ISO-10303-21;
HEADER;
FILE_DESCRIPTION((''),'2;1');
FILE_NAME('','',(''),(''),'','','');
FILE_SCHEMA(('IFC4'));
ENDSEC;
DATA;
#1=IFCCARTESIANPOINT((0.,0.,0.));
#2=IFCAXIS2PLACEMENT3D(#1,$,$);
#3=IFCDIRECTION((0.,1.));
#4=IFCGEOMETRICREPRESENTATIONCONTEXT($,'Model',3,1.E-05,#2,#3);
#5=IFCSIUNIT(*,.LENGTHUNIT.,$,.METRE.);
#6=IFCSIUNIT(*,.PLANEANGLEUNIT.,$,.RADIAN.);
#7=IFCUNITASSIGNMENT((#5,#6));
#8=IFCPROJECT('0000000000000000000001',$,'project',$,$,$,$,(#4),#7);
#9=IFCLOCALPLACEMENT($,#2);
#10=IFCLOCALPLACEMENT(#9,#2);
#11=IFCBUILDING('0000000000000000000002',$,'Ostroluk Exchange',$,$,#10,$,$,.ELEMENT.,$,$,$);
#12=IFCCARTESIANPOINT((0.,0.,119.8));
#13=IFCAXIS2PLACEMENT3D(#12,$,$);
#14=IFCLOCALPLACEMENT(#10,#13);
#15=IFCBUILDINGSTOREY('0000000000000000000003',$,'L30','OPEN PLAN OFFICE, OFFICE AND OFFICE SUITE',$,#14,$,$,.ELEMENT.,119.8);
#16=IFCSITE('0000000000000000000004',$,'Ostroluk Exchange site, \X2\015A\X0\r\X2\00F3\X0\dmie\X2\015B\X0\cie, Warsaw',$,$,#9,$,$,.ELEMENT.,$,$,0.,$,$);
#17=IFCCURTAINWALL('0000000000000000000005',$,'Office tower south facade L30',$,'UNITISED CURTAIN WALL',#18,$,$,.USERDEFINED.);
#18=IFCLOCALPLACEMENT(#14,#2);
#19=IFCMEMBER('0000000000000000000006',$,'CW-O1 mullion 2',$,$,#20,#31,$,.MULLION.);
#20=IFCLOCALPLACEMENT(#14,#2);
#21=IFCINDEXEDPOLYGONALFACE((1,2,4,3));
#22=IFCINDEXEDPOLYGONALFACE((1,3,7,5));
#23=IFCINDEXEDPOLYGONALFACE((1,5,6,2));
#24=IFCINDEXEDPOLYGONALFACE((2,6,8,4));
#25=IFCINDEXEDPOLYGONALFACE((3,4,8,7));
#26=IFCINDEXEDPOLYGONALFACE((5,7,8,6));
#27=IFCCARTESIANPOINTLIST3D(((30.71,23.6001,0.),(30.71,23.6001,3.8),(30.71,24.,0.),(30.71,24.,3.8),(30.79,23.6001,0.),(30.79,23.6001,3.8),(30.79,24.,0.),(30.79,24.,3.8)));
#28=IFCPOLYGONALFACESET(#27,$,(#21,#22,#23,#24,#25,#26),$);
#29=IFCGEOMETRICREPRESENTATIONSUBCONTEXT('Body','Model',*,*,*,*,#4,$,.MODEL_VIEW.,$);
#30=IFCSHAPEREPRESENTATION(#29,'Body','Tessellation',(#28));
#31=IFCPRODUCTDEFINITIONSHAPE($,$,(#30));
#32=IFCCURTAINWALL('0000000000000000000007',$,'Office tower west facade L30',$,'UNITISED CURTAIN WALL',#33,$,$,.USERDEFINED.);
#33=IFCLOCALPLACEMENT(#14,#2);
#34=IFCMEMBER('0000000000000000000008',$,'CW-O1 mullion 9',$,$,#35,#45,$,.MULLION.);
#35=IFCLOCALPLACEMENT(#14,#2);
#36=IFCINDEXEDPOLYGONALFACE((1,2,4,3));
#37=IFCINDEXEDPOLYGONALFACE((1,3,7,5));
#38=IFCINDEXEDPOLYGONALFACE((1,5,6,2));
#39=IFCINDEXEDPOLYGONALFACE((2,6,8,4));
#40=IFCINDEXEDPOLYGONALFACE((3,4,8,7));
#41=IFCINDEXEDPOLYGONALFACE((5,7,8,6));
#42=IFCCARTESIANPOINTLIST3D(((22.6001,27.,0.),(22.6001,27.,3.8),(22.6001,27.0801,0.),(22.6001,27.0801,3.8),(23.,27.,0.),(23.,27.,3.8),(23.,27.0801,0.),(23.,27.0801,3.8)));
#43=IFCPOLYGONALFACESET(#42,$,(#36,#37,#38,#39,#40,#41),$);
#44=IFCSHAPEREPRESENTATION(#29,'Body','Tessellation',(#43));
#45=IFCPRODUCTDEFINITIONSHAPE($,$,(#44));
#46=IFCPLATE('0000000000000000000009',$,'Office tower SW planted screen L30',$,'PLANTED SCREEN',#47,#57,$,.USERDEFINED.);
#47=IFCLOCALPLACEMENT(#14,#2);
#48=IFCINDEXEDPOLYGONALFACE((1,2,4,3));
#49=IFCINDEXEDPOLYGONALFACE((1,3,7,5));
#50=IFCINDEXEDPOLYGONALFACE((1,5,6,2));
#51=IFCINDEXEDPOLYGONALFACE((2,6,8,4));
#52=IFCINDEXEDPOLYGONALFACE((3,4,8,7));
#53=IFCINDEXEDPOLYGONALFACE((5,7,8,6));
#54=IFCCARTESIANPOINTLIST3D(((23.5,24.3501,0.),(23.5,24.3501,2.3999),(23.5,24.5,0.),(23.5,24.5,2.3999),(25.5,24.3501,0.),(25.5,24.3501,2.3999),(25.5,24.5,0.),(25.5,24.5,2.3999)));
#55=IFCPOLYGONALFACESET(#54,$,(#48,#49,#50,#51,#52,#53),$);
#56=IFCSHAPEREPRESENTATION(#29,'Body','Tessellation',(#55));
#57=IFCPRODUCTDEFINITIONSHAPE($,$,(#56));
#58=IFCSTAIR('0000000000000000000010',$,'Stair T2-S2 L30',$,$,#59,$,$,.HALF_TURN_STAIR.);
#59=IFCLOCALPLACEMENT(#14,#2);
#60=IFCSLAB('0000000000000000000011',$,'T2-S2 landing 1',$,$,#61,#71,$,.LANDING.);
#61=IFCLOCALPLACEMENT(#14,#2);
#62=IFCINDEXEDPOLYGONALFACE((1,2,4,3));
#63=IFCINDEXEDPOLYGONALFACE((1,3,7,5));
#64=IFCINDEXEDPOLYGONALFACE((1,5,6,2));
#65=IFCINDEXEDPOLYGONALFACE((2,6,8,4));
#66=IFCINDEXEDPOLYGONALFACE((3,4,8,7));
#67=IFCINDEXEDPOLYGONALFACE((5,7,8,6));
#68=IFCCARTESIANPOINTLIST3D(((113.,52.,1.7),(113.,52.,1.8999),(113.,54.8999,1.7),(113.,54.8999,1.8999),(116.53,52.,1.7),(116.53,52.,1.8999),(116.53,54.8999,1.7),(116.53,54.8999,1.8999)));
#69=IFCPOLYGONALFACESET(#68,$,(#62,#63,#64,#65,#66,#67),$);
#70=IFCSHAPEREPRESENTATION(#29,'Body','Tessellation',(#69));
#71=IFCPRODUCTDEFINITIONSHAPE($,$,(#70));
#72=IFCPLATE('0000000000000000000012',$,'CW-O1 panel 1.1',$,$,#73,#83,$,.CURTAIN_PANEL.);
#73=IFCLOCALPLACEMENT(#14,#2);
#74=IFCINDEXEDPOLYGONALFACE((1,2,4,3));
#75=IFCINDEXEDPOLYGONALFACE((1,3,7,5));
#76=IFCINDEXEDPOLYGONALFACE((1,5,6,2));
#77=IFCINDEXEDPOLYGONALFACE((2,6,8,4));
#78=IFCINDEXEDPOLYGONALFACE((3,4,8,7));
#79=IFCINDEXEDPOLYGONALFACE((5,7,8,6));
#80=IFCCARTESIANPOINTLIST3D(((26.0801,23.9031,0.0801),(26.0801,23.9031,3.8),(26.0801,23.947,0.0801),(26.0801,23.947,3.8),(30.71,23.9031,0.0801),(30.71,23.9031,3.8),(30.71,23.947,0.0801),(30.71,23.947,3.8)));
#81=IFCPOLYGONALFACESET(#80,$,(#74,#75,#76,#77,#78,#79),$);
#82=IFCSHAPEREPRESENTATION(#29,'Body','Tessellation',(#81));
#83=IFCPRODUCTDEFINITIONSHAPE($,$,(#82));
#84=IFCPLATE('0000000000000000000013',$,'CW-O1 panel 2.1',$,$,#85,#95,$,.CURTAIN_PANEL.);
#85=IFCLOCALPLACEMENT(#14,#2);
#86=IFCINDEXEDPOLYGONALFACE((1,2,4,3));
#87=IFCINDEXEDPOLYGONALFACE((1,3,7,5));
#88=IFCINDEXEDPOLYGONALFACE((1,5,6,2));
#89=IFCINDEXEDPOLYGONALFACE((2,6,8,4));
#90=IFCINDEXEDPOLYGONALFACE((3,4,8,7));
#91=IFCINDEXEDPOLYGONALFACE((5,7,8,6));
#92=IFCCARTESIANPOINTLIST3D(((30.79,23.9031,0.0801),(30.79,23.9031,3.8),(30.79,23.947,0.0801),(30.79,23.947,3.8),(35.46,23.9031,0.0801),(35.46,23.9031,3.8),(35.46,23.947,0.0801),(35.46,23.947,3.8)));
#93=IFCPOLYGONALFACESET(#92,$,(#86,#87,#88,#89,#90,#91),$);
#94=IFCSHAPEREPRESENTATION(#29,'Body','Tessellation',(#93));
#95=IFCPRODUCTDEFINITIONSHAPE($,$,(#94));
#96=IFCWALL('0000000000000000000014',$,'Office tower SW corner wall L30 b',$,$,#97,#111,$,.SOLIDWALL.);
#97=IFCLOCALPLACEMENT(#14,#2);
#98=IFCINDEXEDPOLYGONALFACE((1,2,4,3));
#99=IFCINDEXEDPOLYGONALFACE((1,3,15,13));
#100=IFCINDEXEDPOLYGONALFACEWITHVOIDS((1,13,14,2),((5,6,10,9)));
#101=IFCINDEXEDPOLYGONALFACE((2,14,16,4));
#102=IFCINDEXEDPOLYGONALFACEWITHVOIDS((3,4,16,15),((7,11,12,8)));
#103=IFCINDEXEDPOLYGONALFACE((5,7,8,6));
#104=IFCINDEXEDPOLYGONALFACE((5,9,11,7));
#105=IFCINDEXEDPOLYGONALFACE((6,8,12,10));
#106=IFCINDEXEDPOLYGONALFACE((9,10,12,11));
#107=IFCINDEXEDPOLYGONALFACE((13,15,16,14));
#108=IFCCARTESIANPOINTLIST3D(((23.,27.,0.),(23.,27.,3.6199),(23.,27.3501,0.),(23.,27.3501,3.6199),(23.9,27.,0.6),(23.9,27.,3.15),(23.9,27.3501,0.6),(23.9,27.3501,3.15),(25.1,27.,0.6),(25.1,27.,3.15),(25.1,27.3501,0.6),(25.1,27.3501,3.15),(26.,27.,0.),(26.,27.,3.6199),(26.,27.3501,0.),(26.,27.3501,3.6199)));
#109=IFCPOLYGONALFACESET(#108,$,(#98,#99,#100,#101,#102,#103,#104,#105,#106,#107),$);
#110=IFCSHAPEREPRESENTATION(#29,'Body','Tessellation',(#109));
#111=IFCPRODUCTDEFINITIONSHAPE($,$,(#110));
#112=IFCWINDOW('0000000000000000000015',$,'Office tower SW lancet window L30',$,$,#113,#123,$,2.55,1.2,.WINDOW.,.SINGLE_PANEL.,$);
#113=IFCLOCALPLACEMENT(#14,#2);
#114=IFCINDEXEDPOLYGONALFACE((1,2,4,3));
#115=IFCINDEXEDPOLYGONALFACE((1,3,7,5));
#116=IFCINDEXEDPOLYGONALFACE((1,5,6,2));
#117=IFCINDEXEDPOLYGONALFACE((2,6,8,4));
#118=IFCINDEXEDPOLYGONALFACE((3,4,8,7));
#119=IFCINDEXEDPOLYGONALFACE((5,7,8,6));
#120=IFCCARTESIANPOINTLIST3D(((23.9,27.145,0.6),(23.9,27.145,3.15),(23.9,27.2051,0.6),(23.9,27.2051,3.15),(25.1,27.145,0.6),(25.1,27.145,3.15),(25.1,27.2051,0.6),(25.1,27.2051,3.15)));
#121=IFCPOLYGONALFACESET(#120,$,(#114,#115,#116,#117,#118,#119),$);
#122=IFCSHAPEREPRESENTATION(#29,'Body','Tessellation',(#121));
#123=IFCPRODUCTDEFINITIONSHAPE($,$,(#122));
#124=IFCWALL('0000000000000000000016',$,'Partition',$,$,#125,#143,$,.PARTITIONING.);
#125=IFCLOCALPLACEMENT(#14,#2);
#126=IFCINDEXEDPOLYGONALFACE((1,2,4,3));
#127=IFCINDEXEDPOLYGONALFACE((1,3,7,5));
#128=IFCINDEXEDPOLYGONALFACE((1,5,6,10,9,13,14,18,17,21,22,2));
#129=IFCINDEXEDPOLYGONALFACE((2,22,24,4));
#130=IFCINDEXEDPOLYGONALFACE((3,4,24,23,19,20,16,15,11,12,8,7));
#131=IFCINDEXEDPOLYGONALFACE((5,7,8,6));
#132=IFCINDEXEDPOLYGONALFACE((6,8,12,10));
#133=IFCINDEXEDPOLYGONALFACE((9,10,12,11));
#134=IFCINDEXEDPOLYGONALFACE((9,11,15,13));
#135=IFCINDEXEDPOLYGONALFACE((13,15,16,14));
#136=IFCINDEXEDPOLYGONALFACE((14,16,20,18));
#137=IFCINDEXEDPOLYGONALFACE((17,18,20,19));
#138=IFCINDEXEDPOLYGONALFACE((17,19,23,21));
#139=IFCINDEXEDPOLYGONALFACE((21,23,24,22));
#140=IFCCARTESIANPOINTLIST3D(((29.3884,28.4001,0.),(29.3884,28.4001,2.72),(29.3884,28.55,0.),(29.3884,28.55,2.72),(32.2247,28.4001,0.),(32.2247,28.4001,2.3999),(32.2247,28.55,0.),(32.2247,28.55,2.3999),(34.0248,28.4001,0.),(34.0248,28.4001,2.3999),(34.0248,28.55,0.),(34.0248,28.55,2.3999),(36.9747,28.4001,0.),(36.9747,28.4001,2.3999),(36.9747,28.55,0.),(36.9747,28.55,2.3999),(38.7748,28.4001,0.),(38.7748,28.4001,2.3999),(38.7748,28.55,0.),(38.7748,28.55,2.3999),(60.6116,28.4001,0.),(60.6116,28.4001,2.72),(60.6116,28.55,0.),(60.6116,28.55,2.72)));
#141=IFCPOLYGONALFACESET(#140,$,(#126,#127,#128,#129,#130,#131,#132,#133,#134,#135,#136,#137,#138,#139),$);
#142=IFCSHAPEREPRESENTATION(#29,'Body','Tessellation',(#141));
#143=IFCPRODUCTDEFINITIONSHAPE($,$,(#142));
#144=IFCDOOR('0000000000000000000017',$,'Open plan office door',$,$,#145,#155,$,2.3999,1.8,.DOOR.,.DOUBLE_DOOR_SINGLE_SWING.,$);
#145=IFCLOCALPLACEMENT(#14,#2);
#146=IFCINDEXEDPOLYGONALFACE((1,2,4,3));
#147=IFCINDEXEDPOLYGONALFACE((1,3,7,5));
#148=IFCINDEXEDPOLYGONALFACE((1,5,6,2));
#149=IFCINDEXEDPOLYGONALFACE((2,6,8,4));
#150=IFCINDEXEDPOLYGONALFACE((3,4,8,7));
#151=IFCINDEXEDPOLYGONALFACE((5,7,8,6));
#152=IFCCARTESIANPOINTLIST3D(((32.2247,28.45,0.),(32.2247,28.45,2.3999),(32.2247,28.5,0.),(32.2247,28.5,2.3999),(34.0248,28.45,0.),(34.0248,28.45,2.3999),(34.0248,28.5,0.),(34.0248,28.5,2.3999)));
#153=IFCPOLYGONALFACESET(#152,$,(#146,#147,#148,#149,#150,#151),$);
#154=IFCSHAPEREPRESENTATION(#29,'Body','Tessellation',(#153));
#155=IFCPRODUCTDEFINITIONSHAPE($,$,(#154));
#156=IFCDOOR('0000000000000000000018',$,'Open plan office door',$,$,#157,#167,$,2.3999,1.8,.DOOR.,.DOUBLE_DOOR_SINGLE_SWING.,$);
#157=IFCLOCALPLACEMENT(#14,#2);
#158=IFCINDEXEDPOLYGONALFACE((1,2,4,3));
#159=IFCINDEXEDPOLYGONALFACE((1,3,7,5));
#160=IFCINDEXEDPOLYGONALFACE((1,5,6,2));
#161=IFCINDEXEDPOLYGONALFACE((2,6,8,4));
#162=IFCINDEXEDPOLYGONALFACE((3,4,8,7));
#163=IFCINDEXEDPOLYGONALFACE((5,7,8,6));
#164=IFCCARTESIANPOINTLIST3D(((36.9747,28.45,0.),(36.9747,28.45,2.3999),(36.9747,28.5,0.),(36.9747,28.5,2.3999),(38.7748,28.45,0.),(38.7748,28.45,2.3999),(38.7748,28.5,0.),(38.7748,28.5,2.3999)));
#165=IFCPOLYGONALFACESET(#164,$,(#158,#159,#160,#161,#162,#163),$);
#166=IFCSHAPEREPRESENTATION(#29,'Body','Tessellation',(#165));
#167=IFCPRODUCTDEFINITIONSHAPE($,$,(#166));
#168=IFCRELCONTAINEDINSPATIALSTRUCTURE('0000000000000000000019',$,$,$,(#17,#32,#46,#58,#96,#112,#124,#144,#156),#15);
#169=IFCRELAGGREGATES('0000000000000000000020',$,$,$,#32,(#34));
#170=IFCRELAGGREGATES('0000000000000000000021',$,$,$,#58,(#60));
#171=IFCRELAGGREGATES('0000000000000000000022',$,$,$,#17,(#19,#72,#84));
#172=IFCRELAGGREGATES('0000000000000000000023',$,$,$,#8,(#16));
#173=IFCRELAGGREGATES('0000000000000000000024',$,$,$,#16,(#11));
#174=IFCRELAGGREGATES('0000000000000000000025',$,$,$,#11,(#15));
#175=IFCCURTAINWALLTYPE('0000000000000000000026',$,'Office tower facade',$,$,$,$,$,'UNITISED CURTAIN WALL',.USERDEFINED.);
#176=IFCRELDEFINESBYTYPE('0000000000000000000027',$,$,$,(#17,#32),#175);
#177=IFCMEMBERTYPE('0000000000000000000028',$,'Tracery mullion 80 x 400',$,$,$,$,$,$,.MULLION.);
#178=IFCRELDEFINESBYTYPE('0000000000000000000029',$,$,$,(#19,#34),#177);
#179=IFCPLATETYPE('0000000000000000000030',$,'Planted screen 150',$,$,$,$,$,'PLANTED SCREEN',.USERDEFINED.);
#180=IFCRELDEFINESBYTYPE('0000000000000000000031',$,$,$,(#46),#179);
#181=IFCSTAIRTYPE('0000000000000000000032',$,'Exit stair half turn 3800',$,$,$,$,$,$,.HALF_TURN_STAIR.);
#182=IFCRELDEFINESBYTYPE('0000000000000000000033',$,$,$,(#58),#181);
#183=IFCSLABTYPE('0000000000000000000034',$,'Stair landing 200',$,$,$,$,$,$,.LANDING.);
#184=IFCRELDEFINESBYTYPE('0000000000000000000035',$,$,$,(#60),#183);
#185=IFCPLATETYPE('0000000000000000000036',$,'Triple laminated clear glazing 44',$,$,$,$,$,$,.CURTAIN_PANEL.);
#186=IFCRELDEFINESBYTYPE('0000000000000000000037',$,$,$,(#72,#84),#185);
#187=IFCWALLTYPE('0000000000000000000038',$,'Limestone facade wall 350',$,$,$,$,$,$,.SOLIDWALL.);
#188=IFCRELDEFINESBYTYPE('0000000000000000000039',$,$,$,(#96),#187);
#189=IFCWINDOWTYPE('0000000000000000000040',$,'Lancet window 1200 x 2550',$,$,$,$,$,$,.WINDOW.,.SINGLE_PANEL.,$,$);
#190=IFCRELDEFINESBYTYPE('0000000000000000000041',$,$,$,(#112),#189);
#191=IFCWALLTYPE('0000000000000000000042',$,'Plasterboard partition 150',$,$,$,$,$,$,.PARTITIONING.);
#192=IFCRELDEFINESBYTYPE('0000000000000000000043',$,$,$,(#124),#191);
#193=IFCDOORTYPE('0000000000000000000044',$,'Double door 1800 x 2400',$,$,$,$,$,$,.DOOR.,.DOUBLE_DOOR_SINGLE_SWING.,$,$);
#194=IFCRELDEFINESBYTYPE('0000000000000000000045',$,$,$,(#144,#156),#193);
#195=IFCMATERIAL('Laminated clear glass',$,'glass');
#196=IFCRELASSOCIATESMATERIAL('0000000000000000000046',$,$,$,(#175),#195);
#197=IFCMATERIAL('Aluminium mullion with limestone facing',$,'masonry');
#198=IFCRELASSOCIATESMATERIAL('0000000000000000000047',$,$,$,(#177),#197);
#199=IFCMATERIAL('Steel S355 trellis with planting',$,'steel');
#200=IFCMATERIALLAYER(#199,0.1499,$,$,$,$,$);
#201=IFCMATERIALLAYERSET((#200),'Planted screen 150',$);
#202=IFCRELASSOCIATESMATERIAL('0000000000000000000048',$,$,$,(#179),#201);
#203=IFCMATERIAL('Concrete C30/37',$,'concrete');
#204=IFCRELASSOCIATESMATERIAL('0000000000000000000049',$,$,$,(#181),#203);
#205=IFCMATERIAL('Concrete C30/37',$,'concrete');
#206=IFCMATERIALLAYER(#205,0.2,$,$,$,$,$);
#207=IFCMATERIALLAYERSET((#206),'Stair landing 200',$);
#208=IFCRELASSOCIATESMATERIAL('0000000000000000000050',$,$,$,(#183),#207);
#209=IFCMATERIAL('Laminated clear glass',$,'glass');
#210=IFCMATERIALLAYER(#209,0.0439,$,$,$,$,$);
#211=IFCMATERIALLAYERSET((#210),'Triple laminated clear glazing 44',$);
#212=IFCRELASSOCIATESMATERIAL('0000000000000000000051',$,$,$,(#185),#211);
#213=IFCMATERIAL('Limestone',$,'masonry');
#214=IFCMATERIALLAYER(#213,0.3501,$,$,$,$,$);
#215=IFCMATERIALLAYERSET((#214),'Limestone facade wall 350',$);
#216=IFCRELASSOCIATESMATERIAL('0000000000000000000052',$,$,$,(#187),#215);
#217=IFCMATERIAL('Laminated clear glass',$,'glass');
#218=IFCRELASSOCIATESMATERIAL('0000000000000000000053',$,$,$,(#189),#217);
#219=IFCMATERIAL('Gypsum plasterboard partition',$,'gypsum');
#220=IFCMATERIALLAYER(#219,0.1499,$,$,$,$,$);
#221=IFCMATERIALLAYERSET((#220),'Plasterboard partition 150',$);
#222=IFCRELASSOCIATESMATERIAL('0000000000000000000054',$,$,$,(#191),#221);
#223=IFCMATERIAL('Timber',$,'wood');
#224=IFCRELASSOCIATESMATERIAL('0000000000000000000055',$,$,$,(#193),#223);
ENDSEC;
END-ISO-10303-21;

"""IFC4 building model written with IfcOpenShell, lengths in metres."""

from ifc_helpers import new_model, si_unit, direction, frame, frame_2d, origin, origin_2d, place, context, subcontext, project, spatial, polyline, rectangle, outline, extrude, material, layer, layer_set, material_profile, profile_set, type_object, element, fill, aggregate, save


model = new_model("IFC4")

# Units and contexts
model_context = context("Model", 3, precision=1e-05, world=origin(), true_north=direction((0.0, 1.0)))
body_context = subcontext(model_context, "Body", "Model", "MODEL_VIEW")
ifc_project = project(units=[si_unit("LENGTHUNIT", "METRE"), si_unit("PLANEANGLEUNIT", "RADIAN")], contexts=[model_context])

# Site, building, storey
site_placement = place(None, origin())
site = spatial("IfcSite", under=ifc_project, at=site_placement, Name="Ostroluk Exchange site, Śródmieście, Warsaw", CompositionType="ELEMENT", RefElevation=0.0)
building_placement = place(site_placement, origin())
building = spatial("IfcBuilding", under=site, at=building_placement, Name="Ostroluk Exchange", CompositionType="ELEMENT")
storey_placement = place(building_placement, frame((0.0, 0.0, 119.8)))
storey = spatial("IfcBuildingStorey", under=building, at=storey_placement, Name="L30", Description="OPEN PLAN OFFICE, OFFICE AND OFFICE SUITE", CompositionType="ELEMENT", Elevation=119.8)

# Curtain wall, member
ifc_material_1 = material(Name="Laminated clear glass", Category="glass")
curtain_wall_type = type_object("IfcCurtainWallType", Name="Office tower facade", ElementType="UNITISED CURTAIN WALL", PredefinedType="USERDEFINED", material=ifc_material_1)
curtain_wall_1_placement = place(storey_placement, origin())
curtain_wall_1 = element("IfcCurtainWall", 1, at=curtain_wall_1_placement, inside=storey, type_object=curtain_wall_type, Name="Office tower south facade L30", ObjectType="UNITISED CURTAIN WALL", PredefinedType="USERDEFINED")
ifc_material_2 = material(Name="Aluminium mullion with limestone facing", Category="masonry")
ifc_material_profile_1 = material_profile(ifc_material_2, rectangle(XDim=0.3999, YDim=0.0801, at=origin_2d()), Name="Tracery mullion 80 x 400")
ifc_profile_set_1 = profile_set([ifc_material_profile_1], Name="Aluminium mullion with limestone facing")
member_type_1 = type_object("IfcMemberType", Name="Tracery mullion 80 x 400", PredefinedType="MULLION", material=ifc_profile_set_1)
member_1_placement = place(storey_placement, frame((30.75, 23.8, 0.0), z_axis=(0.0, 0.0, 1.0), x_axis=(0.0, 1.0, 0.0)))
member_1 = element("IfcMember", 2, at=member_1_placement, type_object=member_type_1, Name="CW-O1 mullion 2", PredefinedType="MULLION", context=body_context, shape_type="SweptSolid", body=[
    extrude(rectangle(XDim=0.3999, YDim=0.0801, at=origin_2d()), origin(), (0.0, 0.0, 1.0), 3.8),
])

# Curtain wall, member
curtain_wall_2_placement = place(storey_placement, origin())
curtain_wall_2 = element("IfcCurtainWall", 3, at=curtain_wall_2_placement, inside=storey, type_object=curtain_wall_type, Name="Office tower west facade L30", ObjectType="UNITISED CURTAIN WALL", PredefinedType="USERDEFINED")
member_2_placement = place(storey_placement, frame((22.8, 27.04, 0.0), z_axis=(0.0, 0.0, 1.0), x_axis=(1.0, 0.0, 0.0)))
member_2 = element("IfcMember", 4, at=member_2_placement, type_object=member_type_1, Name="CW-O1 mullion 9", PredefinedType="MULLION", context=body_context, shape_type="SweptSolid", body=[
    extrude(rectangle(XDim=0.3999, YDim=0.0801, at=origin_2d()), origin(), (0.0, 0.0, 1.0), 3.8),
])
aggregate(curtain_wall_2, [member_2])

# Plate
ifc_material_3 = material(Name="Steel S355 trellis with planting", Category="steel")
ifc_layer_1 = layer(ifc_material_3, 0.1499)
ifc_layer_set_1 = layer_set([ifc_layer_1], Name="Planted screen 150")
plate_type_1 = type_object("IfcPlateType", Name="Planted screen 150", ElementType="PLANTED SCREEN", PredefinedType="USERDEFINED", material=ifc_layer_set_1)
plate_1_placement = place(storey_placement, frame((24.5, 24.425, 0.0), z_axis=(0.0, 0.0, 1.0), x_axis=(1.0, 0.0, 0.0)))
element("IfcPlate", 5, at=plate_1_placement, inside=storey, type_object=plate_type_1, Name="Office tower SW planted screen L30", ObjectType="PLANTED SCREEN", PredefinedType="USERDEFINED", context=body_context, shape_type="SweptSolid", body=[
    extrude(rectangle(XDim=2.0, YDim=0.1499, at=origin_2d()), origin(), (0.0, 0.0, 1.0), 2.3999),
])

# Stair, slab
ifc_material_4 = material(Name="Concrete C30/37", Category="concrete")
stair_type = type_object("IfcStairType", Name="Exit stair half turn 3800", PredefinedType="HALF_TURN_STAIR", material=ifc_material_4)
stair_placement = place(storey_placement, origin())
stair = element("IfcStair", 6, at=stair_placement, inside=storey, type_object=stair_type, Name="Stair T2-S2 L30", PredefinedType="HALF_TURN_STAIR")
ifc_material_5 = material(Name="Concrete C30/37", Category="concrete")
ifc_layer_2 = layer(ifc_material_5, 0.2)
ifc_layer_set_2 = layer_set([ifc_layer_2], Name="Stair landing 200")
slab_type = type_object("IfcSlabType", Name="Stair landing 200", PredefinedType="LANDING", material=ifc_layer_set_2)
slab_placement = place(storey_placement, frame((0.0, 0.0, 1.7)))
slab = element("IfcSlab", 7, at=slab_placement, type_object=slab_type, Name="T2-S2 landing 1", PredefinedType="LANDING", context=body_context, shape_type="SweptSolid", body=[
    extrude(outline(polyline([(116.53, 52.0), (116.53, 54.8999), (113.0, 54.8999), (113.0, 52.0), (116.53, 52.0)])), origin(), (0.0, 0.0, 1.0), 0.2),
])
aggregate(stair, [slab])

# Plates
ifc_material_6 = material(Name="Laminated clear glass", Category="glass")
ifc_layer_3 = layer(ifc_material_6, 0.0439)
ifc_layer_set_3 = layer_set([ifc_layer_3], Name="Triple laminated clear glazing 44")
plate_type_2 = type_object("IfcPlateType", Name="Triple laminated clear glazing 44", PredefinedType="CURTAIN_PANEL", material=ifc_layer_set_3)
plate_2_placement = place(storey_placement, frame((28.395, 23.925, 0.0801), z_axis=(0.0, 0.0, 1.0), x_axis=(1.0, 0.0, 0.0)))
plate_2 = element("IfcPlate", 8, at=plate_2_placement, type_object=plate_type_2, Name="CW-O1 panel 1.1", PredefinedType="CURTAIN_PANEL", context=body_context, shape_type="SweptSolid", body=[
    extrude(rectangle(XDim=4.6299, YDim=0.0439, at=origin_2d()), origin(), (0.0, 0.0, 1.0), 3.72),
])
plate_3_placement = place(storey_placement, frame((33.125, 23.925, 0.0801), z_axis=(0.0, 0.0, 1.0), x_axis=(1.0, 0.0, 0.0)))
plate_3 = element("IfcPlate", 9, at=plate_3_placement, type_object=plate_type_2, Name="CW-O1 panel 2.1", PredefinedType="CURTAIN_PANEL", context=body_context, shape_type="SweptSolid", body=[
    extrude(rectangle(XDim=4.6699, YDim=0.0439, at=origin_2d()), origin(), (0.0, 0.0, 1.0), 3.72),
])
aggregate(curtain_wall_1, [member_1, plate_2, plate_3])

# Shared definitions
ifc_material_7 = material(Name="Limestone", Category="masonry")
ifc_layer_4 = layer(ifc_material_7, 0.3501)
ifc_layer_set_4 = layer_set([ifc_layer_4], Name="Limestone facade wall 350")
wall_type_1 = type_object("IfcWallType", Name="Limestone facade wall 350", PredefinedType="SOLIDWALL", material=ifc_layer_set_4)

# Wall, opening, window
wall_1_placement = place(storey_placement, frame((26.0, 27.175, 0.0), z_axis=(0.0, 0.0, 1.0), x_axis=(-1.0, 0.0, 0.0)))
wall_1 = element("IfcWall", 10, at=wall_1_placement, inside=storey, type_object=wall_type_1, Name="Office tower SW corner wall L30 b", PredefinedType="SOLIDWALL", context=body_context, shape_type="SweptSolid", body=[
    extrude(rectangle(XDim=3.0, YDim=0.3501, at=frame_2d((1.5, 0.0))), origin(), (0.0, 0.0, 1.0), 3.6199),
])
opening_1_placement = place(wall_1_placement, frame((0.8999, 0.0, 0.6001)))
opening_1 = element("IfcOpeningElement", 11, at=opening_1_placement, cuts=wall_1, PredefinedType="OPENING", context=body_context, shape_type="SweptSolid", body=[
    extrude(rectangle(XDim=1.2, YDim=2.55, at=frame_2d((0.6001, 1.2749))), frame((0.0, 0.1851, 0.0), z_axis=(0.0, -1.0, 0.0), x_axis=(1.0, 0.0, 0.0)), (0.0, 0.0, 1.0), 0.3701),
])
ifc_material_8 = material(Name="Laminated clear glass", Category="glass")
window_type = type_object("IfcWindowType", Name="Lancet window 1200 x 2550", PartitioningType="SINGLE_PANEL", PredefinedType="WINDOW", material=ifc_material_8)
window_placement = place(opening_1_placement, origin())
window = element("IfcWindow", 12, at=window_placement, inside=storey, type_object=window_type, Name="Office tower SW lancet window L30", OverallHeight=2.55, OverallWidth=1.2, PartitioningType="SINGLE_PANEL", PredefinedType="WINDOW", context=body_context, shape_type="SweptSolid", body=[
    extrude(rectangle(XDim=1.2, YDim=2.55, at=frame_2d((0.6001, 1.2749))), frame((0.0, 0.03, 0.0), z_axis=(0.0, -1.0, 0.0), x_axis=(1.0, 0.0, 0.0)), (0.0, 0.0, 1.0), 0.0601),
])
fill(opening_1, window)

# Wall, openings, doors
ifc_material_9 = material(Name="Gypsum plasterboard partition", Category="gypsum")
ifc_layer_5 = layer(ifc_material_9, 0.1499)
ifc_layer_set_5 = layer_set([ifc_layer_5], Name="Plasterboard partition 150")
wall_type_2 = type_object("IfcWallType", Name="Plasterboard partition 150", PredefinedType="PARTITIONING", material=ifc_layer_set_5)
wall_2_placement = place(storey_placement, frame((29.3884, 28.4751, 0.0), z_axis=(0.0, 0.0, 1.0), x_axis=(1.0, 0.0, 0.0)))
wall_2 = element("IfcWall", 13, at=wall_2_placement, inside=storey, type_object=wall_type_2, Name="Partition", PredefinedType="PARTITIONING", context=body_context, shape_type="SweptSolid", body=[
    extrude(rectangle(XDim=31.2231, YDim=0.1499, at=frame_2d((15.6116, 0.0))), origin(), (0.0, 0.0, 1.0), 2.72),
])
opening_2_placement = place(wall_2_placement, frame((2.8364, 0.0, 0.0)))
opening_2 = element("IfcOpeningElement", 14, at=opening_2_placement, cuts=wall_2, PredefinedType="OPENING", context=body_context, shape_type="SweptSolid", body=[
    extrude(rectangle(XDim=1.8, YDim=2.3999, at=frame_2d((0.8999, 1.2))), frame((0.0, 0.085, 0.0), z_axis=(0.0, -1.0, 0.0), x_axis=(1.0, 0.0, 0.0)), (0.0, 0.0, 1.0), 0.1699),
])
opening_3_placement = place(wall_2_placement, frame((7.5864, 0.0, 0.0)))
opening_3 = element("IfcOpeningElement", 15, at=opening_3_placement, cuts=wall_2, PredefinedType="OPENING", context=body_context, shape_type="SweptSolid", body=[
    extrude(rectangle(XDim=1.8, YDim=2.3999, at=frame_2d((0.8999, 1.2))), frame((0.0, 0.085, 0.0), z_axis=(0.0, -1.0, 0.0), x_axis=(1.0, 0.0, 0.0)), (0.0, 0.0, 1.0), 0.1699),
])
ifc_material_10 = material(Name="Timber", Category="wood")
door_type_1 = type_object("IfcDoorType", Name="Double door 1800 x 2400", OperationType="DOUBLE_DOOR_SINGLE_SWING", PredefinedType="DOOR", material=ifc_material_10)
door_1_placement = place(opening_2_placement, origin())
door_1 = element("IfcDoor", 16, at=door_1_placement, inside=storey, type_object=door_type_1, Name="Open plan office door", OperationType="DOUBLE_DOOR_SINGLE_SWING", OverallHeight=2.3999, OverallWidth=1.8, PredefinedType="DOOR", context=body_context, shape_type="SweptSolid", body=[
    extrude(rectangle(XDim=1.8, YDim=2.3999, at=frame_2d((0.8999, 1.2))), frame((0.0, 0.0249, 0.0), z_axis=(0.0, -1.0, 0.0), x_axis=(1.0, 0.0, 0.0)), (0.0, 0.0, 1.0), 0.05),
])
fill(opening_2, door_1)
door_2_placement = place(opening_3_placement, origin())
door_2 = element("IfcDoor", 17, at=door_2_placement, inside=storey, type_object=door_type_1, Name="Open plan office door", OperationType="DOUBLE_DOOR_SINGLE_SWING", OverallHeight=2.3999, OverallWidth=1.8, PredefinedType="DOOR", context=body_context, shape_type="SweptSolid", body=[
    extrude(rectangle(XDim=1.8, YDim=2.3999, at=frame_2d((0.8999, 1.2))), frame((0.0, 0.0249, 0.0), z_axis=(0.0, -1.0, 0.0), x_axis=(1.0, 0.0, 0.0)), (0.0, 0.0, 1.0), 0.05),
])
fill(opening_3, door_2)

save(model, "model.ifc")
